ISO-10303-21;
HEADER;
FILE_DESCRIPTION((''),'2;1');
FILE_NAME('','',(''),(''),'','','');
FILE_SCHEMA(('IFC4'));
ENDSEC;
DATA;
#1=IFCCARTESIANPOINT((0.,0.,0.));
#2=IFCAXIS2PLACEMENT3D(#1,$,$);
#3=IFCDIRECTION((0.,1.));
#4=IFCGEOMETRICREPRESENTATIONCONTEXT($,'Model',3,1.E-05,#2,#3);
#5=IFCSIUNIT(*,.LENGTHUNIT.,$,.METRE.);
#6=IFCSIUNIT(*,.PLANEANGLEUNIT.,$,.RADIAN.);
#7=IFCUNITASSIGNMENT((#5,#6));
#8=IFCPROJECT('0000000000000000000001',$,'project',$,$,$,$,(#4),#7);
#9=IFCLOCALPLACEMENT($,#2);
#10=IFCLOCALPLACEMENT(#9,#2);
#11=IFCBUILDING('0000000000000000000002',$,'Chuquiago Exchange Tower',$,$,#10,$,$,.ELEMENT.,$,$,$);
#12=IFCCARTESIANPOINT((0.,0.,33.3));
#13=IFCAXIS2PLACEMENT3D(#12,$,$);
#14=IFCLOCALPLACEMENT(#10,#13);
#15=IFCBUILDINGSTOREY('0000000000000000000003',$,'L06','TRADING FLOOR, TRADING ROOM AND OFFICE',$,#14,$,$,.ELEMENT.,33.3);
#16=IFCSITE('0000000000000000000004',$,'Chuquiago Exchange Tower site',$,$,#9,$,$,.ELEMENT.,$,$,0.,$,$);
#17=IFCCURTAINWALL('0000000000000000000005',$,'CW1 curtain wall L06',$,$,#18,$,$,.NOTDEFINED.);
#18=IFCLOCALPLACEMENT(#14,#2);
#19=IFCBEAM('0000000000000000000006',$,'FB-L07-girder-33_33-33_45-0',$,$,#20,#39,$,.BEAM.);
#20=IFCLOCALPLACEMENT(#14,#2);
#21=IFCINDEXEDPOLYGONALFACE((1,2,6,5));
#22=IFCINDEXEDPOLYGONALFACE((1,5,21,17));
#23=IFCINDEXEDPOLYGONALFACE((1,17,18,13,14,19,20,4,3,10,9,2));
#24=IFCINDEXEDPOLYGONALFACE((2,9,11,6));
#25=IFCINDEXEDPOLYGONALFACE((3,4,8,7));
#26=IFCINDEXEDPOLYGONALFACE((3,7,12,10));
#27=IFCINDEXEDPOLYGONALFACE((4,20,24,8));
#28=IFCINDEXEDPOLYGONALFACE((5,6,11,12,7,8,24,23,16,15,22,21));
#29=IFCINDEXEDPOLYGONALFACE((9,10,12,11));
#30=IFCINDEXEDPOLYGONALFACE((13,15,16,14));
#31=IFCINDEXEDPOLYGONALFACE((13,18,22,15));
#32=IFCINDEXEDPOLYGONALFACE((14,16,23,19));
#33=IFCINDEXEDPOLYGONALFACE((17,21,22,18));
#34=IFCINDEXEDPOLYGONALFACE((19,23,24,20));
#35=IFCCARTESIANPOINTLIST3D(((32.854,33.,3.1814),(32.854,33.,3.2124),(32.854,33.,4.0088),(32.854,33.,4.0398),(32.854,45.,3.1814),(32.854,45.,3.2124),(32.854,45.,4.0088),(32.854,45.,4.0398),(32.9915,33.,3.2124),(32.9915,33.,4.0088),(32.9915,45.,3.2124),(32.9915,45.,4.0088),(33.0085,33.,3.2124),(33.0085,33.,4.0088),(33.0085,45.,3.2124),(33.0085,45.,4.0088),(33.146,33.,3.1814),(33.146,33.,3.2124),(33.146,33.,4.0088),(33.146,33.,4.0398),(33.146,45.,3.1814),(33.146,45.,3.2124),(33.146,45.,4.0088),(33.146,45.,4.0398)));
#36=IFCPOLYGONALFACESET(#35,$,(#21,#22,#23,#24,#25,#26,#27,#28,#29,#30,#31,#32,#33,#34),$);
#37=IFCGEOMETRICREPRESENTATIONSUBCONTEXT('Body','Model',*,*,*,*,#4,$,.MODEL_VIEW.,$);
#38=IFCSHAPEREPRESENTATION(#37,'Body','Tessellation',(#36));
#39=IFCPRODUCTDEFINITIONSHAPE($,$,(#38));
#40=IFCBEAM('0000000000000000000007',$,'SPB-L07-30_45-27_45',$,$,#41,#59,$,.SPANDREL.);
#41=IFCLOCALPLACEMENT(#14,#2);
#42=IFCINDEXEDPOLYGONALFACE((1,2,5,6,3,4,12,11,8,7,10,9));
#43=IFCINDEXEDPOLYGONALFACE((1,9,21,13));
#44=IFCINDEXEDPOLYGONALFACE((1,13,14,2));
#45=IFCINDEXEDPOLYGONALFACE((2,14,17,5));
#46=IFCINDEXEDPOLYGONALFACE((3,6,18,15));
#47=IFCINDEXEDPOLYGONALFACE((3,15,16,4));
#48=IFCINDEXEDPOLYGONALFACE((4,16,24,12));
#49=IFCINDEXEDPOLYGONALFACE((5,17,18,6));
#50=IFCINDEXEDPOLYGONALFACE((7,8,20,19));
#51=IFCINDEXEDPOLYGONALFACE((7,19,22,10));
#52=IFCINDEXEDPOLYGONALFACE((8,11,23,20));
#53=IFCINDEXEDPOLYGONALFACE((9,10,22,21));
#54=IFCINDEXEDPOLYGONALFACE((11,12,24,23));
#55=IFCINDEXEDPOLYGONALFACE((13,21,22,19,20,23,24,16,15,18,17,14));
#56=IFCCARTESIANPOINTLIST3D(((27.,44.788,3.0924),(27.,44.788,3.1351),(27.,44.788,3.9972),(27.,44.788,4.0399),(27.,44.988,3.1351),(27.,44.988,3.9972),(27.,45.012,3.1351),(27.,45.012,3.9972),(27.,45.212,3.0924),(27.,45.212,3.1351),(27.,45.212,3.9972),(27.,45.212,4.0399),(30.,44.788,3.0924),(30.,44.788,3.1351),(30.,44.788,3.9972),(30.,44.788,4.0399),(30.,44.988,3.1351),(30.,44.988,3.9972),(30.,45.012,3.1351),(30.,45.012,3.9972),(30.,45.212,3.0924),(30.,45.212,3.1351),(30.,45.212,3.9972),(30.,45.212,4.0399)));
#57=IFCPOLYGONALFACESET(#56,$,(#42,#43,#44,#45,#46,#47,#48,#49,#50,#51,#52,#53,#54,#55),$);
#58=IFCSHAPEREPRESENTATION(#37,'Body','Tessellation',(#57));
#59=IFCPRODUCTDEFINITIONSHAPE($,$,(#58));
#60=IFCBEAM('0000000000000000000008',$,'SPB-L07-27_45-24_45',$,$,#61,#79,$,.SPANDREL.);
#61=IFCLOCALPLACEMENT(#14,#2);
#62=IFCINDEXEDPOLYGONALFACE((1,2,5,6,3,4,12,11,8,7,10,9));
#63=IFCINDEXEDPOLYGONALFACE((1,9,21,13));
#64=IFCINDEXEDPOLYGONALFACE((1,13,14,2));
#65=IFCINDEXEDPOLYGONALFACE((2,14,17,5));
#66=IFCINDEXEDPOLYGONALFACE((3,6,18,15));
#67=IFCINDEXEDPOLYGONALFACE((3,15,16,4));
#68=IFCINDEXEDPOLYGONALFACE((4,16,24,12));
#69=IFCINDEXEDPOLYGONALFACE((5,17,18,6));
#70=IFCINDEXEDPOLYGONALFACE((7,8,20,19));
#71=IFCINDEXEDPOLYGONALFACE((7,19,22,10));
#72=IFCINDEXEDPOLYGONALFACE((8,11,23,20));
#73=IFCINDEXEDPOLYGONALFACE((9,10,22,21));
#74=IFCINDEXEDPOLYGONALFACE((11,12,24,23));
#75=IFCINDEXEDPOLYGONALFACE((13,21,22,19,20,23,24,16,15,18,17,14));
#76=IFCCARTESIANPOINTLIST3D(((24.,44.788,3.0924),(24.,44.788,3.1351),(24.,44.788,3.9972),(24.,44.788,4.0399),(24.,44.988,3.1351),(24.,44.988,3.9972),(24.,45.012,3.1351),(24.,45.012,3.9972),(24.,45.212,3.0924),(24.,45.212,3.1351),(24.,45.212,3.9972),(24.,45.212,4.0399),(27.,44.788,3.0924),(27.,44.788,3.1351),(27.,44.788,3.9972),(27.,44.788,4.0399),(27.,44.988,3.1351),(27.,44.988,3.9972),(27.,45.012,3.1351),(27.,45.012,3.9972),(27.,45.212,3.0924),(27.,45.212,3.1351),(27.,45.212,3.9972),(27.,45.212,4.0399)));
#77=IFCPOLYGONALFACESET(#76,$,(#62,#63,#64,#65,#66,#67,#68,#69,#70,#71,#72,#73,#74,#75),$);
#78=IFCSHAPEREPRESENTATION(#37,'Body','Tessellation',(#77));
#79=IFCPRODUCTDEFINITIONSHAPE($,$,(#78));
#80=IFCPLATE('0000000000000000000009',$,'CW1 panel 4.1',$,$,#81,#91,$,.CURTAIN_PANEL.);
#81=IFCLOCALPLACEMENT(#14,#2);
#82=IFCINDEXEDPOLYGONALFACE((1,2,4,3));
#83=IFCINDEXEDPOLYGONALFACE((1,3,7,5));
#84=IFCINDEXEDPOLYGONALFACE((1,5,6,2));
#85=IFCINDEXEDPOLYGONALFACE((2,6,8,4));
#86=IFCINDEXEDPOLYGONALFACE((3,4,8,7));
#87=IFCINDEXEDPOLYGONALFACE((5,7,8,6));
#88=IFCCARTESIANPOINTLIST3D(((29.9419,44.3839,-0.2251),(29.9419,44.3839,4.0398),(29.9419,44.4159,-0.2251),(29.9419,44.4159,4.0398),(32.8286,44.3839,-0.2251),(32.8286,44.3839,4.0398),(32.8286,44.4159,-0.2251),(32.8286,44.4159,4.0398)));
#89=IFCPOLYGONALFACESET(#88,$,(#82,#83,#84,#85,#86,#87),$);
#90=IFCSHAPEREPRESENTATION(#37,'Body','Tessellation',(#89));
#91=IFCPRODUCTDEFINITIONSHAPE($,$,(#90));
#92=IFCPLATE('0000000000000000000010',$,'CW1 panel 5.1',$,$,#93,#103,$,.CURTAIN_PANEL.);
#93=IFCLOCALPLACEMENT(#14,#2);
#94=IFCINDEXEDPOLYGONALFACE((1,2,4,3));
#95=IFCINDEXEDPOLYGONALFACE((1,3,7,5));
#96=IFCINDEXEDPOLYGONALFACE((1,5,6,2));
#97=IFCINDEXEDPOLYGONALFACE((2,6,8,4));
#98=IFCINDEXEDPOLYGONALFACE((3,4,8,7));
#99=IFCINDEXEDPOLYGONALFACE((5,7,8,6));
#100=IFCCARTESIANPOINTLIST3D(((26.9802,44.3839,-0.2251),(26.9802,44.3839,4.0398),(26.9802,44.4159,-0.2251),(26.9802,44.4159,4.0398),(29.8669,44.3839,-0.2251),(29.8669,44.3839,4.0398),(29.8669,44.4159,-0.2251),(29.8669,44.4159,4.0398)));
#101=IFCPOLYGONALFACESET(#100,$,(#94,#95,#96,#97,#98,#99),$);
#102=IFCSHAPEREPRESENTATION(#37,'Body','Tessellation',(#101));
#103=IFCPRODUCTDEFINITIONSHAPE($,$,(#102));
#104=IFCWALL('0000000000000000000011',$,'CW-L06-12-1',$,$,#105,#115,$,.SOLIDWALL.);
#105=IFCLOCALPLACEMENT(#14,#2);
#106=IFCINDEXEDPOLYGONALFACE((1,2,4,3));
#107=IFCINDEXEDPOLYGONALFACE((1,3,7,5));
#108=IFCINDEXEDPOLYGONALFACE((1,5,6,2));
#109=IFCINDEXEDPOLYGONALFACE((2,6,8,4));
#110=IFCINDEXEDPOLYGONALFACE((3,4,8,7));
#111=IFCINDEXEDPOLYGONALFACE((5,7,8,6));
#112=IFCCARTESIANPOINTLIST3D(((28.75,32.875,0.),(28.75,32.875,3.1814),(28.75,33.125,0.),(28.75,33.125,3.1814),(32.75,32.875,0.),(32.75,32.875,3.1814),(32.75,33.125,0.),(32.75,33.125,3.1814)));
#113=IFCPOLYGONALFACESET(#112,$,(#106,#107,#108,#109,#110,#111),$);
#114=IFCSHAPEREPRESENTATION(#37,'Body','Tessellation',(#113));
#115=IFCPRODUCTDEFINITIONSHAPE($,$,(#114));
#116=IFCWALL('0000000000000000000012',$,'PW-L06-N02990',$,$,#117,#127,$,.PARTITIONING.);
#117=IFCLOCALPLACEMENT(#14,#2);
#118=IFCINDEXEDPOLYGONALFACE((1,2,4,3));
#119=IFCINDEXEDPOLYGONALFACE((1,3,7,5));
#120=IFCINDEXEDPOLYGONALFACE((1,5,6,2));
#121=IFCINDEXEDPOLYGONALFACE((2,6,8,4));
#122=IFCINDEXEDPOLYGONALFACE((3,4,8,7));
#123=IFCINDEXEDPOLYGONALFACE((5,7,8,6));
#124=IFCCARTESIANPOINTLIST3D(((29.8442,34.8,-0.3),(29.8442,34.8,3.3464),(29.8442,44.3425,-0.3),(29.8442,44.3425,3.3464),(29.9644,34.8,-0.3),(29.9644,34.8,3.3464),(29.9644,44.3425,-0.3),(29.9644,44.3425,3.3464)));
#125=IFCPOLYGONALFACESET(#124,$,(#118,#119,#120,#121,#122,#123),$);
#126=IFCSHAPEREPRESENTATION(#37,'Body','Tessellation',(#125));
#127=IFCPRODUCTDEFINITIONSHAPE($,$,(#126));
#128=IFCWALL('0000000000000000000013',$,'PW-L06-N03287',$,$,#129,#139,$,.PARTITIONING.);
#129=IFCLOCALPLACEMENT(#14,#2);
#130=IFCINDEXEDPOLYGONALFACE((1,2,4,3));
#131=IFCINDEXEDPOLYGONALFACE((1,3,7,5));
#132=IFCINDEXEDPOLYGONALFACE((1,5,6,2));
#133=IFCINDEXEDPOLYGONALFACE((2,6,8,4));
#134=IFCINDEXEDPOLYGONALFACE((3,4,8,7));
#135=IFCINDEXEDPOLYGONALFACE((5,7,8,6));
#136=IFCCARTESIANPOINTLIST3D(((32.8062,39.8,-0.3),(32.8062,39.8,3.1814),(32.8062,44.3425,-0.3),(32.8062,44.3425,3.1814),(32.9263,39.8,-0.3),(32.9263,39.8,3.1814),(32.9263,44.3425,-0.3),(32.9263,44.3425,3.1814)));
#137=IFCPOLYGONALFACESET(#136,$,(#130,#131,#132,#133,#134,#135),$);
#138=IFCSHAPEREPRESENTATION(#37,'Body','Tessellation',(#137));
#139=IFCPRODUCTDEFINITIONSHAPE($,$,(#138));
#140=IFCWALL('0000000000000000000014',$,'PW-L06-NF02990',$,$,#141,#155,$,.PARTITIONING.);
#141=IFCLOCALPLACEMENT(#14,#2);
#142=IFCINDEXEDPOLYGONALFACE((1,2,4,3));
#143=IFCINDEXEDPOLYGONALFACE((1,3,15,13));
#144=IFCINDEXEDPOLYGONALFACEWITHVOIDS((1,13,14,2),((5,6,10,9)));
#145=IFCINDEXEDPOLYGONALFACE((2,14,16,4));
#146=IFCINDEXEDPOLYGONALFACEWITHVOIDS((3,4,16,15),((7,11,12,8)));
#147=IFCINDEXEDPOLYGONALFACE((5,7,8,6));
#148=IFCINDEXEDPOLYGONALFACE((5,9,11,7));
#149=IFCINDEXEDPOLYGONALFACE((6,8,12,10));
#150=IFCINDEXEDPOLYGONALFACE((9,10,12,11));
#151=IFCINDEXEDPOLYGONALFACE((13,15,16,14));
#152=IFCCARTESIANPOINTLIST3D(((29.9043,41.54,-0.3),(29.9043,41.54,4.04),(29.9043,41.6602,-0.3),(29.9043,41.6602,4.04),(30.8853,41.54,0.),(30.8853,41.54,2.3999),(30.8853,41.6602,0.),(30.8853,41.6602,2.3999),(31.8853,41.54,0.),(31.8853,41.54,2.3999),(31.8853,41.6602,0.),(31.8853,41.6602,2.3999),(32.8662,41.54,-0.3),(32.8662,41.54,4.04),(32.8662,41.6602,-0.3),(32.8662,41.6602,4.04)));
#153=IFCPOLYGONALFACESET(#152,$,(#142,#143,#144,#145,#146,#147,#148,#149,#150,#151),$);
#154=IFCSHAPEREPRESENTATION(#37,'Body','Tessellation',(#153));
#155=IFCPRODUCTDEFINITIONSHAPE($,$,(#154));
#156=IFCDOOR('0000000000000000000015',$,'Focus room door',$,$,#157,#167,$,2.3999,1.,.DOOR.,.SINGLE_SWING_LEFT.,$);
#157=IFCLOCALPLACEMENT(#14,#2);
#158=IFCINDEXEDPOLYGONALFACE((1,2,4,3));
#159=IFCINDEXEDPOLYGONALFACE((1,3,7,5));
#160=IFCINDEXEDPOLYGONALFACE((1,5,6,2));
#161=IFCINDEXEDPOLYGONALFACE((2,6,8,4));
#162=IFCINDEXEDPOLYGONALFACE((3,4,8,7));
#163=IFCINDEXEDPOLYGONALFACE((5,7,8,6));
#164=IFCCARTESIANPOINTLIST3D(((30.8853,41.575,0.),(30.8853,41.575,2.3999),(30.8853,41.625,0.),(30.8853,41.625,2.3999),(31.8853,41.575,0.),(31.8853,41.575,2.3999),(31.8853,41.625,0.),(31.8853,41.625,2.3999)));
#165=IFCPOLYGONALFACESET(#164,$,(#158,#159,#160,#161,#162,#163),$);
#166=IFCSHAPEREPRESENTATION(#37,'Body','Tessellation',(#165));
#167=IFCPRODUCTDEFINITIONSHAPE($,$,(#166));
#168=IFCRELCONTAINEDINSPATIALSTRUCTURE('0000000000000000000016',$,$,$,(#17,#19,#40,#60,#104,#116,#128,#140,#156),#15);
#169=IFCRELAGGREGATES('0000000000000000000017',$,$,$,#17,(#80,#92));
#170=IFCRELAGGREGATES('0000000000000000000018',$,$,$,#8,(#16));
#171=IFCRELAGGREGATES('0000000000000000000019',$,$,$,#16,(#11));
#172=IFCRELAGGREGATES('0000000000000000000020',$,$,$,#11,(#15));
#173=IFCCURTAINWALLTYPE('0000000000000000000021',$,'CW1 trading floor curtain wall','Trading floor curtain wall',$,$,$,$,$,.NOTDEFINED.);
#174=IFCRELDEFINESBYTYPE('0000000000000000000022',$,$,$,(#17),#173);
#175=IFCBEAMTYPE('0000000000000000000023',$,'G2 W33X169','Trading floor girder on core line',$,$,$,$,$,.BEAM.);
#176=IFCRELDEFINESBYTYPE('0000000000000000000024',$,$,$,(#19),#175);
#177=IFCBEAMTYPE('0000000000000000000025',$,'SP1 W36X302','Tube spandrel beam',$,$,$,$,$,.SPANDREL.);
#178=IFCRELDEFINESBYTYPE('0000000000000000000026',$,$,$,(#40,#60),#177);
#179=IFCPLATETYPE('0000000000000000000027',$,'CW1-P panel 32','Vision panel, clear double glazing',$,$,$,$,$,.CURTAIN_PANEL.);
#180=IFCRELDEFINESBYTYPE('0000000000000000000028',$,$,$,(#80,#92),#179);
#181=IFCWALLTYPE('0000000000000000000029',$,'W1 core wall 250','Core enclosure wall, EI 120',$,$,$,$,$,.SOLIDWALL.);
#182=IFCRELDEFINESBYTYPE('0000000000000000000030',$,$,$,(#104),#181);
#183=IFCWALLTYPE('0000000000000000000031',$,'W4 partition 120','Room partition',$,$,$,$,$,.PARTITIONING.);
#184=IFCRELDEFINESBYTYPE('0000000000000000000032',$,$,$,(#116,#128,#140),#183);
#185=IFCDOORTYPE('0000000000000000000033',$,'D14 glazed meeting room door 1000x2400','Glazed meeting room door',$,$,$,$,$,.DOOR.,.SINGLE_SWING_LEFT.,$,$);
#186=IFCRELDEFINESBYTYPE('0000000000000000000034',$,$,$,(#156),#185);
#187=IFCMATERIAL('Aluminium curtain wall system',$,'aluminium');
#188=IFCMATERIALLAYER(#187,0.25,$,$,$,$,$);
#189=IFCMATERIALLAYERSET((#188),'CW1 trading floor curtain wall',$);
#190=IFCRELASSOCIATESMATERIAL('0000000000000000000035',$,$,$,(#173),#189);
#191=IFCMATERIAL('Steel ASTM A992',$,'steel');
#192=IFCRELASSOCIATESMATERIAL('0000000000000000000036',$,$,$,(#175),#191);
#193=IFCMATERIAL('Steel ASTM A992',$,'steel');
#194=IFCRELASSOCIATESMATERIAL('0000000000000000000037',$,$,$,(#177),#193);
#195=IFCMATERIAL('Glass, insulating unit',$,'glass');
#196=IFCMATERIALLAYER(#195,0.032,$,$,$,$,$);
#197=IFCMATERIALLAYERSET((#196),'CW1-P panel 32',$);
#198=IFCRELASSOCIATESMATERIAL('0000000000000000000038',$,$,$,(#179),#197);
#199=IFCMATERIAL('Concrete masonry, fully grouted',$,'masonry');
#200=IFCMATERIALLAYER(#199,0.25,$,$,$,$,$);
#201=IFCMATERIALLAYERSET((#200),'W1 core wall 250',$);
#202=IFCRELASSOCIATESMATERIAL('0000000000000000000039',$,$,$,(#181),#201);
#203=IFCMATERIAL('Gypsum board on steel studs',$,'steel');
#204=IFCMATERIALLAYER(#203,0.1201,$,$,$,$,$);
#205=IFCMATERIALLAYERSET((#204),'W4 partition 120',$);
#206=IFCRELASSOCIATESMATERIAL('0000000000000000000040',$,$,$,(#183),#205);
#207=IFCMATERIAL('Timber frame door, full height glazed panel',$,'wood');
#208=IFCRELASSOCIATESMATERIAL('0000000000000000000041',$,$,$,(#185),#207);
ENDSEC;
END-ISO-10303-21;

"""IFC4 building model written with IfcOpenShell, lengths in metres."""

from ifc_helpers import new_model, si_unit, direction, frame, frame_2d, origin, origin_2d, place, context, subcontext, project, spatial, rectangle, i_section, extrude, material, layer, layer_set, material_profile, profile_set, type_object, element, fill, aggregate, save


model = new_model("IFC4")

# Units and contexts
model_context = context("Model", 3, precision=1e-05, world=origin(), true_north=direction((0.0, 1.0)))
body_context = subcontext(model_context, "Body", "Model", "MODEL_VIEW")
ifc_project = project(units=[si_unit("LENGTHUNIT", "METRE"), si_unit("PLANEANGLEUNIT", "RADIAN")], contexts=[model_context])

# Site, building, storey
site_placement = place(None, origin())
site = spatial("IfcSite", under=ifc_project, at=site_placement, Name="Chuquiago Exchange Tower site", CompositionType="ELEMENT", RefElevation=0.0)
building_placement = place(site_placement, origin())
building = spatial("IfcBuilding", under=site, at=building_placement, Name="Chuquiago Exchange Tower", CompositionType="ELEMENT")
storey_placement = place(building_placement, frame((0.0, 0.0, 33.3)))
storey = spatial("IfcBuildingStorey", under=building, at=storey_placement, Name="L06", Description="TRADING FLOOR, TRADING ROOM AND OFFICE", CompositionType="ELEMENT", Elevation=33.3)

# Curtain wall
ifc_material_1 = material(Name="Aluminium curtain wall system", Category="aluminium")
ifc_layer_1 = layer(ifc_material_1, 0.25)
ifc_layer_set_1 = layer_set([ifc_layer_1], Name="CW1 trading floor curtain wall")
curtain_wall_type = type_object("IfcCurtainWallType", Name="CW1 trading floor curtain wall", Description="Trading floor curtain wall", PredefinedType="NOTDEFINED", material=ifc_layer_set_1)
curtain_wall_placement = place(storey_placement, origin())
curtain_wall = element("IfcCurtainWall", 1, at=curtain_wall_placement, inside=storey, type_object=curtain_wall_type, Name="CW1 curtain wall L06", PredefinedType="NOTDEFINED")

# Beams
ifc_material_2 = material(Name="Steel ASTM A992", Category="steel")
ifc_material_profile_1 = material_profile(ifc_material_2, i_section(OverallWidth=0.292, OverallDepth=0.8584, WebThickness=0.0171, FlangeThickness=0.031, at=origin_2d()), Name="W33X169")
ifc_profile_set_1 = profile_set([ifc_material_profile_1], Name="Steel ASTM A992")
beam_type_1 = type_object("IfcBeamType", Name="G2 W33X169", Description="Trading floor girder on core line", PredefinedType="BEAM", material=ifc_profile_set_1)
beam_1_placement = place(storey_placement, frame((33.0, 33.0, 3.6106), z_axis=(0.0, 1.0, 0.0), x_axis=(-1.0, 0.0, 0.0)))
element("IfcBeam", 2, at=beam_1_placement, inside=storey, type_object=beam_type_1, Name="FB-L07-girder-33_33-33_45-0", PredefinedType="BEAM", context=body_context, shape_type="SweptSolid", body=[
    extrude(i_section(OverallWidth=0.292, OverallDepth=0.8584, WebThickness=0.0171, FlangeThickness=0.031, at=origin_2d()), origin(), (0.0, 0.0, 1.0), 12.0),
])
ifc_material_3 = material(Name="Steel ASTM A992", Category="steel")
ifc_material_profile_2 = material_profile(ifc_material_3, i_section(OverallWidth=0.4241, OverallDepth=0.9475, WebThickness=0.0239, FlangeThickness=0.0427, at=origin_2d()), Name="W36X302")
ifc_profile_set_2 = profile_set([ifc_material_profile_2], Name="Steel ASTM A992")
beam_type_2 = type_object("IfcBeamType", Name="SP1 W36X302", Description="Tube spandrel beam", PredefinedType="SPANDREL", material=ifc_profile_set_2)
for number, where, z_axis, x_axis, name in (
    (3, (30.0, 45.0, 3.5662), (-1.0, 0.0, 0.0), (0.0, -1.0, 0.0), "SPB-L07-30_45-27_45"),
    (4, (27.0, 45.0, 3.5662), (-1.0, 0.0, 0.0), (0.0, -1.0, 0.0), "SPB-L07-27_45-24_45"),
):
    element("IfcBeam", number, at=place(storey_placement, frame(where, z_axis=z_axis, x_axis=x_axis)), inside=storey, type_object=beam_type_2, Name=name, PredefinedType="SPANDREL", context=body_context, shape_type="SweptSolid", body=[
        extrude(i_section(OverallWidth=0.4241, OverallDepth=0.9475, WebThickness=0.0239, FlangeThickness=0.0427, at=origin_2d()), origin(), (0.0, 0.0, 1.0), 3.0),
    ])

# Plates
ifc_material_4 = material(Name="Glass, insulating unit", Category="glass")
ifc_layer_2 = layer(ifc_material_4, 0.032)
ifc_layer_set_2 = layer_set([ifc_layer_2], Name="CW1-P panel 32")
plate_type = type_object("IfcPlateType", Name="CW1-P panel 32", Description="Vision panel, clear double glazing", PredefinedType="CURTAIN_PANEL", material=ifc_layer_set_2)
plate_1_placement = place(storey_placement, frame((31.3853, 44.3999, -0.2251), z_axis=(0.0, 0.0, 1.0), x_axis=(-1.0, 0.0, 0.0)))
plate_1 = element("IfcPlate", 5, at=plate_1_placement, type_object=plate_type, Name="CW1 panel 4.1", PredefinedType="CURTAIN_PANEL", context=body_context, shape_type="SweptSolid", body=[
    extrude(rectangle(XDim=2.8867, YDim=0.032, at=origin_2d()), origin(), (0.0, 0.0, 1.0), 4.2649),
])
plate_2_placement = place(storey_placement, frame((28.4236, 44.3999, -0.2251), z_axis=(0.0, 0.0, 1.0), x_axis=(-1.0, 0.0, 0.0)))
plate_2 = element("IfcPlate", 6, at=plate_2_placement, type_object=plate_type, Name="CW1 panel 5.1", PredefinedType="CURTAIN_PANEL", context=body_context, shape_type="SweptSolid", body=[
    extrude(rectangle(XDim=2.8867, YDim=0.032, at=origin_2d()), origin(), (0.0, 0.0, 1.0), 4.2649),
])
aggregate(curtain_wall, [plate_1, plate_2])

# Walls
ifc_material_5 = material(Name="Concrete masonry, fully grouted", Category="masonry")
ifc_layer_3 = layer(ifc_material_5, 0.25)
ifc_layer_set_3 = layer_set([ifc_layer_3], Name="W1 core wall 250")
wall_type_1 = type_object("IfcWallType", Name="W1 core wall 250", Description="Core enclosure wall, EI 120", PredefinedType="SOLIDWALL", material=ifc_layer_set_3)
wall_1_placement = place(storey_placement, frame((28.75, 33.0, 0.0), z_axis=(0.0, 0.0, 1.0), x_axis=(1.0, 0.0, 0.0)))
element("IfcWall", 7, at=wall_1_placement, inside=storey, type_object=wall_type_1, Name="CW-L06-12-1", PredefinedType="SOLIDWALL", context=body_context, shape_type="SweptSolid", body=[
    extrude(rectangle(XDim=4.0, YDim=0.25, at=frame_2d((2.0, 0.0))), origin(), (0.0, 0.0, 1.0), 3.1814),
])
ifc_material_6 = material(Name="Gypsum board on steel studs", Category="steel")
ifc_layer_4 = layer(ifc_material_6, 0.1201)
ifc_layer_set_4 = layer_set([ifc_layer_4], Name="W4 partition 120")
wall_type_2 = type_object("IfcWallType", Name="W4 partition 120", Description="Room partition", PredefinedType="PARTITIONING", material=ifc_layer_set_4)
wall_2_placement = place(storey_placement, frame((29.9043, 44.3425, -0.3), z_axis=(0.0, 0.0, 1.0), x_axis=(0.0, -1.0, 0.0)))
element("IfcWall", 8, at=wall_2_placement, inside=storey, type_object=wall_type_2, Name="PW-L06-N02990", PredefinedType="PARTITIONING", context=body_context, shape_type="SweptSolid", body=[
    extrude(rectangle(XDim=9.5425, YDim=0.1201, at=frame_2d((4.7712, 0.0))), origin(), (0.0, 0.0, 1.0), 3.6465),
])
wall_3_placement = place(storey_placement, frame((32.8662, 44.3425, -0.3), z_axis=(0.0, 0.0, 1.0), x_axis=(0.0, -1.0, 0.0)))
element("IfcWall", 9, at=wall_3_placement, inside=storey, type_object=wall_type_2, Name="PW-L06-N03287", PredefinedType="PARTITIONING", context=body_context, shape_type="SweptSolid", body=[
    extrude(rectangle(XDim=4.5425, YDim=0.1201, at=frame_2d((2.2712, 0.0))), origin(), (0.0, 0.0, 1.0), 3.4814),
])

# Wall, opening, door
wall_4_placement = place(storey_placement, frame((29.9043, 41.6001, -0.3), z_axis=(0.0, 0.0, 1.0), x_axis=(1.0, 0.0, 0.0)))
wall_4 = element("IfcWall", 10, at=wall_4_placement, inside=storey, type_object=wall_type_2, Name="PW-L06-NF02990", PredefinedType="PARTITIONING", context=body_context, shape_type="SweptSolid", body=[
    extrude(rectangle(XDim=2.9619, YDim=0.1201, at=frame_2d((1.481, 0.0))), origin(), (0.0, 0.0, 1.0), 4.3401),
])
opening_1_placement = place(wall_4_placement, frame((0.981, 0.0, 0.3)))
opening_1 = element("IfcOpeningElement", 11, at=opening_1_placement, cuts=wall_4, PredefinedType="OPENING", context=body_context, shape_type="SweptSolid", body=[
    extrude(rectangle(XDim=1.0, YDim=2.3999, at=frame_2d((0.5, 1.2))), frame((0.0, 0.0701, 0.0), z_axis=(0.0, -1.0, 0.0), x_axis=(1.0, 0.0, 0.0)), (0.0, 0.0, 1.0), 0.1401),
])
ifc_material_7 = material(Name="Timber frame door, full height glazed panel", Category="wood")
door_type_1 = type_object("IfcDoorType", Name="D14 glazed meeting room door 1000x2400", Description="Glazed meeting room door", OperationType="SINGLE_SWING_LEFT", PredefinedType="DOOR", material=ifc_material_7)
door_1_placement = place(opening_1_placement, origin())
door_1 = element("IfcDoor", 12, at=door_1_placement, inside=storey, type_object=door_type_1, Name="Focus room door", OperationType="SINGLE_SWING_LEFT", OverallHeight=2.3999, OverallWidth=1.0, PredefinedType="DOOR", context=body_context, shape_type="SweptSolid", body=[
    extrude(rectangle(XDim=1.0, YDim=2.3999, at=frame_2d((0.5, 1.2))), frame((0.0, 0.0249, 0.0), z_axis=(0.0, -1.0, 0.0), x_axis=(1.0, 0.0, 0.0)), (0.0, 0.0, 1.0), 0.05),
])
fill(opening_1, door_1)

save(model, "model.ifc")
